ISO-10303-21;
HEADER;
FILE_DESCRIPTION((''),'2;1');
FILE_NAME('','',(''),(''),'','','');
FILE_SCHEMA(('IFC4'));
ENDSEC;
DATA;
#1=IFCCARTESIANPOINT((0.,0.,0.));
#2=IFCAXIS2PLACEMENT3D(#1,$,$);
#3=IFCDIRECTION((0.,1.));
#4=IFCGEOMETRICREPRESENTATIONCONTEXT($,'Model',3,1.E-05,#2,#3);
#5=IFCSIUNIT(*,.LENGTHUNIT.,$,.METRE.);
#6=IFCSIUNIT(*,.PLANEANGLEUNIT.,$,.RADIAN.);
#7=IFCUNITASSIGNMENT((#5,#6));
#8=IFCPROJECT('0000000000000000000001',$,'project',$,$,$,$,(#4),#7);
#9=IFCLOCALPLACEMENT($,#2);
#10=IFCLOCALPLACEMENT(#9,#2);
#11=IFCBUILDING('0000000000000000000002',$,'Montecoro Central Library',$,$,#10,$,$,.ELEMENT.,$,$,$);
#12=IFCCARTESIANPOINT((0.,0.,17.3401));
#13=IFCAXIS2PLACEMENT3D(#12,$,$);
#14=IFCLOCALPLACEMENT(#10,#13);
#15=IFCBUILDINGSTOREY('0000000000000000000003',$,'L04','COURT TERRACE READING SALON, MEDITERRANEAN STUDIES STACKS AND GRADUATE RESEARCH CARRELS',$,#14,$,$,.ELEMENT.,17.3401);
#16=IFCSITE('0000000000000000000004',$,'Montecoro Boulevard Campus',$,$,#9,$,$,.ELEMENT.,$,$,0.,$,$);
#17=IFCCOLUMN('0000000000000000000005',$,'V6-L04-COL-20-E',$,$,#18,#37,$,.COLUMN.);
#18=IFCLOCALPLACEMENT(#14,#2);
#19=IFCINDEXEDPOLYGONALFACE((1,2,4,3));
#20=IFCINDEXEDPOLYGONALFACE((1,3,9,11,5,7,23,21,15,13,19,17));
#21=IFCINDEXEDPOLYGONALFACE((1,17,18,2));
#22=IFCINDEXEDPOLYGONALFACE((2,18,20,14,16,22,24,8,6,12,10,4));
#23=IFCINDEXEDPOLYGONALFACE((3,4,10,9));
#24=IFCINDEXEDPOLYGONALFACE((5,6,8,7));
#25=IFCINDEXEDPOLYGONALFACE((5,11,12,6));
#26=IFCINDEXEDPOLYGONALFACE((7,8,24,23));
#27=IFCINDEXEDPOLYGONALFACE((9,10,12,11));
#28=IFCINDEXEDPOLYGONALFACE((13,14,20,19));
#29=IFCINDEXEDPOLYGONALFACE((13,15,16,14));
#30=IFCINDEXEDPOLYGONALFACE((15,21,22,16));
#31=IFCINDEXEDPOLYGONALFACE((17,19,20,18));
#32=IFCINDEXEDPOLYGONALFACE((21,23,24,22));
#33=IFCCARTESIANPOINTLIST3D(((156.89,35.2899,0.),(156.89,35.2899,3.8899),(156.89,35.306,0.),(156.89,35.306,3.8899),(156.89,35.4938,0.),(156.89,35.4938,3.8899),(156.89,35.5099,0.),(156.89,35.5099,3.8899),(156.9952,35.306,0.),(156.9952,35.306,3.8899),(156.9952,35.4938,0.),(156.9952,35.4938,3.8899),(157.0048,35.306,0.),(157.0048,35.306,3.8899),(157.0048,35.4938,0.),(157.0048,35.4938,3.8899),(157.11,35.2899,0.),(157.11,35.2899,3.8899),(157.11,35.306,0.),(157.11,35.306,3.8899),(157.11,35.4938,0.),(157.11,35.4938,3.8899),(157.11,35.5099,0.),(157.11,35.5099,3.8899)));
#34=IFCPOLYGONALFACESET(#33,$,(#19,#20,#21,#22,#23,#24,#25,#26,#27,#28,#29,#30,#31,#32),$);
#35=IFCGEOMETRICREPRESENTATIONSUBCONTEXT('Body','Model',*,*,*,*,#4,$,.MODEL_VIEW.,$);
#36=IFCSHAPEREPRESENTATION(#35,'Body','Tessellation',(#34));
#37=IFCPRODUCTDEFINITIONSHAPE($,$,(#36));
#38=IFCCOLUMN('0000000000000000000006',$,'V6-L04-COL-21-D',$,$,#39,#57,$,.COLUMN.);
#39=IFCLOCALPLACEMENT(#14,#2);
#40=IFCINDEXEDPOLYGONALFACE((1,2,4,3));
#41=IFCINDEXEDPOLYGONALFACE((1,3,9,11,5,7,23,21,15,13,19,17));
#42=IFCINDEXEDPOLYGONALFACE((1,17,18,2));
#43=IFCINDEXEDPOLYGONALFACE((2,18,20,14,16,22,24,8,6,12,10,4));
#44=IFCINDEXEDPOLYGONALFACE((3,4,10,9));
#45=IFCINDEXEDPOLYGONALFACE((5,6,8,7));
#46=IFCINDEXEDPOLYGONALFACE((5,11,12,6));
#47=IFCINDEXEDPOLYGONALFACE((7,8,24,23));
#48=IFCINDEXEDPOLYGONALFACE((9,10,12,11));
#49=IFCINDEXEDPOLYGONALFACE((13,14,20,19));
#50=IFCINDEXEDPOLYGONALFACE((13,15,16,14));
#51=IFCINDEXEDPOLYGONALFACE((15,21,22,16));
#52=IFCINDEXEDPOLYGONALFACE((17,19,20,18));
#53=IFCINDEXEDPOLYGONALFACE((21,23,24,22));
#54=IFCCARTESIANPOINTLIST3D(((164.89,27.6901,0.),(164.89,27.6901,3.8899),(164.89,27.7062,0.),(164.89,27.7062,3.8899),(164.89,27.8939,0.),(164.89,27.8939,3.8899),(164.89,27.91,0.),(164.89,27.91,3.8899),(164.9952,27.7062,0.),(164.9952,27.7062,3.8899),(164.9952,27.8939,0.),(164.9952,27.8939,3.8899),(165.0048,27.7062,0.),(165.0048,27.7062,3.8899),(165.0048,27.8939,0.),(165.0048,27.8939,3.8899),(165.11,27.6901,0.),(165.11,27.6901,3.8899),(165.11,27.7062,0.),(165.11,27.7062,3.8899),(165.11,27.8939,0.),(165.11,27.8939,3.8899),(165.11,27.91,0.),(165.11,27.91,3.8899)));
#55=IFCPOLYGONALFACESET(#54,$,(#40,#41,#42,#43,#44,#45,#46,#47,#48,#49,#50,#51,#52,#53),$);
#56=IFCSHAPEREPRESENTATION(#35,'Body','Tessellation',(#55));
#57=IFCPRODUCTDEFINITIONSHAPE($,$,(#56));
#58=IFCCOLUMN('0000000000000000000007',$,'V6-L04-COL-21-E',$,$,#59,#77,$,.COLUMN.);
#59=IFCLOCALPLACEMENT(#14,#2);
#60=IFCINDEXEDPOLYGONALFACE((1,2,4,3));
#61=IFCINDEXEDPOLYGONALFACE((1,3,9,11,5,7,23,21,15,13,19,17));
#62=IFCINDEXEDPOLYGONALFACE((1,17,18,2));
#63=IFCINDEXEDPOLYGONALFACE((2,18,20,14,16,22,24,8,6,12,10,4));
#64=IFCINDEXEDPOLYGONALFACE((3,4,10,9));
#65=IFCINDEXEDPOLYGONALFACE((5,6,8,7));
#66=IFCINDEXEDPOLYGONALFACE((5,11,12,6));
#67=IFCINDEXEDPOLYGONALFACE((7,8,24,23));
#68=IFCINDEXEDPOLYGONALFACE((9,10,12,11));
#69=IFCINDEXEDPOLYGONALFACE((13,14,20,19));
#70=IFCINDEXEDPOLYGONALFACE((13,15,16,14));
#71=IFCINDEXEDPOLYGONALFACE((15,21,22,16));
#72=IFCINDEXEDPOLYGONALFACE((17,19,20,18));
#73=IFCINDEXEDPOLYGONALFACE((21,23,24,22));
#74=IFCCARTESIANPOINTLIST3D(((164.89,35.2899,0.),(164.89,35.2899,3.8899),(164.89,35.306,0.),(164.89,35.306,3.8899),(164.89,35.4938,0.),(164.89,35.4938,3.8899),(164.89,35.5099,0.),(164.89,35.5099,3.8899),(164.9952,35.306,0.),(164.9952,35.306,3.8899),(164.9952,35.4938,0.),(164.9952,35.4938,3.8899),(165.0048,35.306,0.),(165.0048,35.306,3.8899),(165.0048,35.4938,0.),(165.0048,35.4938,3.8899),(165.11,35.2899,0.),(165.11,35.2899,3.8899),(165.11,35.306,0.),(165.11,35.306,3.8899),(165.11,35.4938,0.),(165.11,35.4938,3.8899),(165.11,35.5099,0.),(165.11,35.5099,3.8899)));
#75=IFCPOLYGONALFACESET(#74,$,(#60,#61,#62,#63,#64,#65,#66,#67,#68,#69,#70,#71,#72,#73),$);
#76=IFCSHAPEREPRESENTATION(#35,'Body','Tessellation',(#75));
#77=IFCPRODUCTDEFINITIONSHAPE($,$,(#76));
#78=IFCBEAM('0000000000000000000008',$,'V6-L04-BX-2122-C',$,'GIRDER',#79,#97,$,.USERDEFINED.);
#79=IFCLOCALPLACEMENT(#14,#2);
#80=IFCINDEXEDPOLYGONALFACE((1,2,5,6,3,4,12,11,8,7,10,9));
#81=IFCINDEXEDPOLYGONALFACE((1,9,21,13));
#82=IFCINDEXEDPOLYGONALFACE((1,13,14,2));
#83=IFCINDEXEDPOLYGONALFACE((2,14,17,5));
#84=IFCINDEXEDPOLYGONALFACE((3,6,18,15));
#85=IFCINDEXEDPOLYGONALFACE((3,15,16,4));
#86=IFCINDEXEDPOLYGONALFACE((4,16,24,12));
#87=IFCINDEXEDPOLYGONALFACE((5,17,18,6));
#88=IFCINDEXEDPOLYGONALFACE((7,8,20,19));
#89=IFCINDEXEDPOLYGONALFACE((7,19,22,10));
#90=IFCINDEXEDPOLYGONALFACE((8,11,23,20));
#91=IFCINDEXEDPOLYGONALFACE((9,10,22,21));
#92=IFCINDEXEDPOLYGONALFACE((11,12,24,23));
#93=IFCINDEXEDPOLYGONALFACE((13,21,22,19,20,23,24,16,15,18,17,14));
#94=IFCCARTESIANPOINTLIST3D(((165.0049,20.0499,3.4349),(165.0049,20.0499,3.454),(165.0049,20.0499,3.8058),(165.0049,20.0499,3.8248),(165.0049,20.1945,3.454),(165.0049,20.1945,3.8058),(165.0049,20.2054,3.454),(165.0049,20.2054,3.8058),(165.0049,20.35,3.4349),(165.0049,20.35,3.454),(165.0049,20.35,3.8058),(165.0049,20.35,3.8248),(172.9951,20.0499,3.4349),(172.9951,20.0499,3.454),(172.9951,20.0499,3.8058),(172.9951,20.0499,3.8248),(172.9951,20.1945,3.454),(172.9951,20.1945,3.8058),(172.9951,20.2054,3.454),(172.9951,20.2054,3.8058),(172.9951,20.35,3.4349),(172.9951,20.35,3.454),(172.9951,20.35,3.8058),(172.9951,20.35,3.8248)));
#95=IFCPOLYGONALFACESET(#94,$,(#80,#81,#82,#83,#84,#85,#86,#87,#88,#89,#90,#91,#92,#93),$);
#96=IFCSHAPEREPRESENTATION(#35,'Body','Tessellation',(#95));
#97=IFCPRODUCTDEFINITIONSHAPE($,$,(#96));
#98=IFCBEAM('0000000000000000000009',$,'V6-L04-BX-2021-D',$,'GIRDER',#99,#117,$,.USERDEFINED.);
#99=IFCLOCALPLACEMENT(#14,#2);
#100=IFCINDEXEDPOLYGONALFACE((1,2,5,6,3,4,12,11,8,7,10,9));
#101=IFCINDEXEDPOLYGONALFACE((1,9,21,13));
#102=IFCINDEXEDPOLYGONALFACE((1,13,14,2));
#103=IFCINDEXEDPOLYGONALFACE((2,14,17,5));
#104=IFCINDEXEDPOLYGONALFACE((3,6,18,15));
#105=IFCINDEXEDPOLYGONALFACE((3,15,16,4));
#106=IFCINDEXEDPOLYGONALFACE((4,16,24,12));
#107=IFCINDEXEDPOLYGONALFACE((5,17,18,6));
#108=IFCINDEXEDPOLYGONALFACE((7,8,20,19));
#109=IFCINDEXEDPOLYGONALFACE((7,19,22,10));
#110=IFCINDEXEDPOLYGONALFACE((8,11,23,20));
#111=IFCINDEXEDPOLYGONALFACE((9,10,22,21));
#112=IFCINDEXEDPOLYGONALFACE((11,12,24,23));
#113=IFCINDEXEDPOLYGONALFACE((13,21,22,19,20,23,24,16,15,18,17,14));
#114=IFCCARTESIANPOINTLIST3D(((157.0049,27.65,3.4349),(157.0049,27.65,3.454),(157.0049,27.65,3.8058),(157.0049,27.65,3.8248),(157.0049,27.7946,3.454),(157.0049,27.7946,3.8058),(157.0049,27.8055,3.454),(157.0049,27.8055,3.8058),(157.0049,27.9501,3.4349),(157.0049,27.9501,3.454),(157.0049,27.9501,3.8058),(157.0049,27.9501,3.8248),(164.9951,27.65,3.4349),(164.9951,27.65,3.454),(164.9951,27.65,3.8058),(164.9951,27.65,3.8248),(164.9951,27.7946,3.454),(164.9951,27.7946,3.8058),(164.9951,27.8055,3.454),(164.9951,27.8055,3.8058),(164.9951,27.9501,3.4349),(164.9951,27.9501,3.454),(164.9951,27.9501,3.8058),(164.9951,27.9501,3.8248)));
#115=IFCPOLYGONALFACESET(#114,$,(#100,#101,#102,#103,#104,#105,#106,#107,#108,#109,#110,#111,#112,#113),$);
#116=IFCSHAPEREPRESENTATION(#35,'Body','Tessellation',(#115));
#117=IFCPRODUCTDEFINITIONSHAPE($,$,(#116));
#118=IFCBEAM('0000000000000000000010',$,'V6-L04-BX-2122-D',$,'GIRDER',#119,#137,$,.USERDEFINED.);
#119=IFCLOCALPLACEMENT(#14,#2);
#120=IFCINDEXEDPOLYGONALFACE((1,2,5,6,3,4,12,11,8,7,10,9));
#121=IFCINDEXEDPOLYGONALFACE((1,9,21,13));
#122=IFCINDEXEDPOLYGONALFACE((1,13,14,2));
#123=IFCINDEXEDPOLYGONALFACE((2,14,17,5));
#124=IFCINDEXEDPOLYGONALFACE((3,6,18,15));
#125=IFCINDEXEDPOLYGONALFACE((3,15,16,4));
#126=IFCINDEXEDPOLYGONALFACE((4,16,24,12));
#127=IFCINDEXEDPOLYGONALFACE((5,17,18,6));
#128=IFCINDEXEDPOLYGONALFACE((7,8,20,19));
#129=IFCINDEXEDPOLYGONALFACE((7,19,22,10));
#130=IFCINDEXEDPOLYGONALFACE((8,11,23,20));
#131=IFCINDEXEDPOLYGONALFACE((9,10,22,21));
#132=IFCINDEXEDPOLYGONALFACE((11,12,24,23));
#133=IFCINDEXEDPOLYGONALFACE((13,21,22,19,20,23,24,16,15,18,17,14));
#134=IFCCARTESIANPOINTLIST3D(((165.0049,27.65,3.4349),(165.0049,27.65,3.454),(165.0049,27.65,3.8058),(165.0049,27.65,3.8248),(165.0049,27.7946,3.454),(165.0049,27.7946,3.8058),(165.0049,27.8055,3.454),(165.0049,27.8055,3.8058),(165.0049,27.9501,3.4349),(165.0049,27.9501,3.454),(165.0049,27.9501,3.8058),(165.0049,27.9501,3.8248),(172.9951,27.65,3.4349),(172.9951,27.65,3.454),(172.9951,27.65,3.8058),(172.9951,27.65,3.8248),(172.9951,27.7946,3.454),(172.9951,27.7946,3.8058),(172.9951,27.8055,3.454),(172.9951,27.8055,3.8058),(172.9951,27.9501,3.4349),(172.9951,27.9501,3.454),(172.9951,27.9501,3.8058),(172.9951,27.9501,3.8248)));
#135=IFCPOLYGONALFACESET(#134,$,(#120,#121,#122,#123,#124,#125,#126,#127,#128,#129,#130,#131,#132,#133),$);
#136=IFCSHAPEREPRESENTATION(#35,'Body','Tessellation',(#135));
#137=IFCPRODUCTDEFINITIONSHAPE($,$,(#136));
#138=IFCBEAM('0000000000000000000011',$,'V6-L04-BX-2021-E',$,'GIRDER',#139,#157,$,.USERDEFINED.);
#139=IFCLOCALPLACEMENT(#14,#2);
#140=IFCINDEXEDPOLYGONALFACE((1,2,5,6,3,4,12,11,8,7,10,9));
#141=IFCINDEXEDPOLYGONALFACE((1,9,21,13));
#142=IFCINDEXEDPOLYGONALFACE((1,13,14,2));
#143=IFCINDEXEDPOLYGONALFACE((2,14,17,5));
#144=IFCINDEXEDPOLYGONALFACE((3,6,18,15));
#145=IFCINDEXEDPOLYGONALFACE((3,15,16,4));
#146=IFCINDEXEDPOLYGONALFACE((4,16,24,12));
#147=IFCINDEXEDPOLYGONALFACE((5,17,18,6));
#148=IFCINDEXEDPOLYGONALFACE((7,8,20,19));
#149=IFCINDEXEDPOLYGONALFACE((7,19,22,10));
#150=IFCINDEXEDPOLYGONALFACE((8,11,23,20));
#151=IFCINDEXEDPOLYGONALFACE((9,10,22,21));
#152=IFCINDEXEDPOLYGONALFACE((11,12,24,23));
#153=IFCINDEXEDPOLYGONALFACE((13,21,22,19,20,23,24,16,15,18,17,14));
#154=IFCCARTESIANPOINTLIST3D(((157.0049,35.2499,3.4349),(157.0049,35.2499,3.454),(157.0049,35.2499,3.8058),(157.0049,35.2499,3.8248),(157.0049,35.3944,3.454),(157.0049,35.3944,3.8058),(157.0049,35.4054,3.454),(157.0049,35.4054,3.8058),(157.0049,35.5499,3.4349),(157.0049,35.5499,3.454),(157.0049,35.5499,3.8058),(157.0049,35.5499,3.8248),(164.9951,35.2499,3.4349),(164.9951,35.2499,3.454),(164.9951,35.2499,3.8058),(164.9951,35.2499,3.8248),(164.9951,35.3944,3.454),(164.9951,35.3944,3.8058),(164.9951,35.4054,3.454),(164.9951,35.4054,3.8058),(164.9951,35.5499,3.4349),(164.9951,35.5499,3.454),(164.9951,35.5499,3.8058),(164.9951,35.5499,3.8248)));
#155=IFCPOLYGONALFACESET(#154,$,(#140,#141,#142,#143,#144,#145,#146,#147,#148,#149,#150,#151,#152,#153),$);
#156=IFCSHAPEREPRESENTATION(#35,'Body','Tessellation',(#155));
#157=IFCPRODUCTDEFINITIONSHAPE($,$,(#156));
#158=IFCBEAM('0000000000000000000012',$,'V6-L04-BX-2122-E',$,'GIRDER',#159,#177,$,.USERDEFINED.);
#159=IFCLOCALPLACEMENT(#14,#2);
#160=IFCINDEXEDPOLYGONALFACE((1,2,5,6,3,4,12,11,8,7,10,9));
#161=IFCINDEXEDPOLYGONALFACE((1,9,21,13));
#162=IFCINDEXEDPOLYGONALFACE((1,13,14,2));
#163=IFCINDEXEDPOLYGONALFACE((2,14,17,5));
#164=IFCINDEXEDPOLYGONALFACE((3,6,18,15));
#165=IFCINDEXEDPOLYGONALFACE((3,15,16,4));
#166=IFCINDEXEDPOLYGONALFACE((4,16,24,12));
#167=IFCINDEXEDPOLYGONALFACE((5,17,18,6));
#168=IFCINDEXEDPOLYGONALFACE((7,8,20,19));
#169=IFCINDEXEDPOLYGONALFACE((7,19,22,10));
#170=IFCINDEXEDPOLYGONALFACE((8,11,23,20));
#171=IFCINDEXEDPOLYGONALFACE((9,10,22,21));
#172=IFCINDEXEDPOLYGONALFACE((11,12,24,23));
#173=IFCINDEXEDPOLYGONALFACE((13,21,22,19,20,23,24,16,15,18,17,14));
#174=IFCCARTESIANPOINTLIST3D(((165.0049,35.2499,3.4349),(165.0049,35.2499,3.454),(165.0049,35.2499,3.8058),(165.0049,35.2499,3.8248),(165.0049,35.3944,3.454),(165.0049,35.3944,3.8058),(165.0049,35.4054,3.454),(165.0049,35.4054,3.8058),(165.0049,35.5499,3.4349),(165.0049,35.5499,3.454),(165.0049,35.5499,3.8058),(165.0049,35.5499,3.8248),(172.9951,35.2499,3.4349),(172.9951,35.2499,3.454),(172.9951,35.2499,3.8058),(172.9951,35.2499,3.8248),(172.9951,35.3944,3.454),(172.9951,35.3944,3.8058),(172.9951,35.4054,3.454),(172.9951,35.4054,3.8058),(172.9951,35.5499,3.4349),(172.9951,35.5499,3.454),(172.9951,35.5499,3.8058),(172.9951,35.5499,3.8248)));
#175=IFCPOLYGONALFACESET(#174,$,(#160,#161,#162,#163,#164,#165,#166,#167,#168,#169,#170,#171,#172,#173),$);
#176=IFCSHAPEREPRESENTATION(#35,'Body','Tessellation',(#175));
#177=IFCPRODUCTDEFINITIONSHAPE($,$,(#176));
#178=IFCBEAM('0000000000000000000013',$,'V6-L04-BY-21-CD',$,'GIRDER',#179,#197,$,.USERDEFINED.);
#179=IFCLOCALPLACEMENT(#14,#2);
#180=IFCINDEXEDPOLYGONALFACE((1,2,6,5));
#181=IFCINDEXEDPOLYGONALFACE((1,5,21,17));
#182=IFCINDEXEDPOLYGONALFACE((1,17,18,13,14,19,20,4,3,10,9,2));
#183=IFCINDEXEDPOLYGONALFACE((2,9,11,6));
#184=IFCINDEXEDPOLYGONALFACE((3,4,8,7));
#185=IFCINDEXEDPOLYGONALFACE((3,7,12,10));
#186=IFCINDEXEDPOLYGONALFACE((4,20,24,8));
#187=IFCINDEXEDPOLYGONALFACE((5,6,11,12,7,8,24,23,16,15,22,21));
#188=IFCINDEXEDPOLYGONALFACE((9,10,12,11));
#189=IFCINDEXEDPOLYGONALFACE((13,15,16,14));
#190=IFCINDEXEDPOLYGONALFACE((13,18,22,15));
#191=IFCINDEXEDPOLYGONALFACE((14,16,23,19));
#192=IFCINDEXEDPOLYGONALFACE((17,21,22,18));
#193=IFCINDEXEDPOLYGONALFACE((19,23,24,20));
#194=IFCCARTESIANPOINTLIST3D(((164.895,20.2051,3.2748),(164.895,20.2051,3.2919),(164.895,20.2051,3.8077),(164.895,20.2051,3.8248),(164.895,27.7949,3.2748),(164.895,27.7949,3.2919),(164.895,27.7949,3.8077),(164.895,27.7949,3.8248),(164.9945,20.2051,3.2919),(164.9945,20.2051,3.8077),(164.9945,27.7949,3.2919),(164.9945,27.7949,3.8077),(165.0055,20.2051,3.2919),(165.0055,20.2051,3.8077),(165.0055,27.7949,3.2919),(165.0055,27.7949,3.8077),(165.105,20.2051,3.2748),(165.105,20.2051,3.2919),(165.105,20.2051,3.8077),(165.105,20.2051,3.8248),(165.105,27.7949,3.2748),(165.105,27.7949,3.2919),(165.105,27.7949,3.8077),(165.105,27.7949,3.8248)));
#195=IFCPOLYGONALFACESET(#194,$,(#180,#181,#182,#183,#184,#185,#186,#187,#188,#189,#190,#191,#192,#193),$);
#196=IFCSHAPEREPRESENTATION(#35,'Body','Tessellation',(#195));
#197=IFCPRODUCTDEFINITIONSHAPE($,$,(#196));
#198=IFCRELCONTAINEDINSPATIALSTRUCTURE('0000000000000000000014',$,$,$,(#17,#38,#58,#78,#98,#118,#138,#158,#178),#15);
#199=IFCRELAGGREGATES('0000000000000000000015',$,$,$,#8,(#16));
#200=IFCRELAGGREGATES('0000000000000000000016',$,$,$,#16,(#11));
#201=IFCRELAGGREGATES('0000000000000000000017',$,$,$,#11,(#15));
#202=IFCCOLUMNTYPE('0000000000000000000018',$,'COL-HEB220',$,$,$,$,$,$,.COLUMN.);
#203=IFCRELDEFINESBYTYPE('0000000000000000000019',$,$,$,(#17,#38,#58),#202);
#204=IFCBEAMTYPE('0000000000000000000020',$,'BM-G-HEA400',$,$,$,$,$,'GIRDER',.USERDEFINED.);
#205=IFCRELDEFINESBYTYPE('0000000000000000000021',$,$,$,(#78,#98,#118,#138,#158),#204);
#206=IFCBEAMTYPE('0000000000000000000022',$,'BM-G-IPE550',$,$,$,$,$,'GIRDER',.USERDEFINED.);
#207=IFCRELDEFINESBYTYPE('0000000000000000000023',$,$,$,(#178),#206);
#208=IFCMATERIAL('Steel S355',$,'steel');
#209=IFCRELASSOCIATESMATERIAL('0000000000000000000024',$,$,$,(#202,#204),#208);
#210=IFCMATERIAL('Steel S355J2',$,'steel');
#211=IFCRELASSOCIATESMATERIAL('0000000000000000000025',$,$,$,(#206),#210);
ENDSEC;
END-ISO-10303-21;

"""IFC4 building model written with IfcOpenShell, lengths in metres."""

from ifc_helpers import new_model, si_unit, direction, frame, origin, origin_2d, place, context, subcontext, project, spatial, i_section, extrude, material, material_profile, profile_set, type_object, element, save


model = new_model("IFC4")

# Units and contexts
model_context = context("Model", 3, precision=1e-05, world=origin(), true_north=direction((0.0, 1.0)))
body_context = subcontext(model_context, "Body", "Model", "MODEL_VIEW")
ifc_project = project(units=[si_unit("LENGTHUNIT", "METRE"), si_unit("PLANEANGLEUNIT", "RADIAN")], contexts=[model_context])

# Site, building, storey
site_placement = place(None, origin())
site = spatial("IfcSite", under=ifc_project, at=site_placement, Name="Montecoro Boulevard Campus", CompositionType="ELEMENT", RefElevation=0.0)
building_placement = place(site_placement, origin())
building = spatial("IfcBuilding", under=site, at=building_placement, Name="Montecoro Central Library", CompositionType="ELEMENT")
storey_placement = place(building_placement, frame((0.0, 0.0, 17.3401)))
storey = spatial("IfcBuildingStorey", under=building, at=storey_placement, Name="L04", Description="COURT TERRACE READING SALON, MEDITERRANEAN STUDIES STACKS AND GRADUATE RESEARCH CARRELS", CompositionType="ELEMENT", Elevation=17.3401)

# Columns
ifc_material_1 = material(Name="Steel S355", Category="steel")
ifc_material_profile_1 = material_profile(ifc_material_1, i_section(OverallWidth=0.22, OverallDepth=0.22, WebThickness=0.0095, FlangeThickness=0.0161, at=origin_2d()), Name="HEB 220")
ifc_profile_set_1 = profile_set([ifc_material_profile_1], Name="Steel S355")
column_type = type_object("IfcColumnType", Name="COL-HEB220", PredefinedType="COLUMN", material=ifc_profile_set_1)
for number, where, z_axis, x_axis, name in (
    (1, (157.0, 35.3999, 0.0), (0.0, 0.0, 1.0), (1.0, 0.0, 0.0), "V6-L04-COL-20-E"),
    (2, (165.0, 27.8, 0.0), (0.0, 0.0, 1.0), (1.0, 0.0, 0.0), "V6-L04-COL-21-D"),
    (3, (165.0, 35.3999, 0.0), (0.0, 0.0, 1.0), (1.0, 0.0, 0.0), "V6-L04-COL-21-E"),
):
    element("IfcColumn", number, at=place(storey_placement, frame(where, z_axis=z_axis, x_axis=x_axis)), inside=storey, type_object=column_type, Name=name, PredefinedType="COLUMN", context=body_context, shape_type="SweptSolid", body=[
        extrude(i_section(OverallWidth=0.22, OverallDepth=0.22, WebThickness=0.0095, FlangeThickness=0.0161, at=origin_2d()), origin(), (0.0, 0.0, 1.0), 3.8899),
    ])

# Beams
ifc_material_profile_2 = material_profile(ifc_material_1, i_section(OverallWidth=0.3, OverallDepth=0.3899, WebThickness=0.011, FlangeThickness=0.019, at=origin_2d()), Name="HEA 400")
ifc_profile_set_2 = profile_set([ifc_material_profile_2], Name="Steel S355")
beam_type_1 = type_object("IfcBeamType", Name="BM-G-HEA400", ElementType="GIRDER", PredefinedType="USERDEFINED", material=ifc_profile_set_2)
for number, where, z_axis, x_axis, name in (
    (4, (165.0049, 20.2, 3.6299), (1.0, 0.0, 0.0), (0.0, 1.0, 0.0), "V6-L04-BX-2122-C"),
    (5, (157.0049, 27.8, 3.6299), (1.0, 0.0, 0.0), (0.0, 1.0, 0.0), "V6-L04-BX-2021-D"),
    (6, (165.0049, 27.8, 3.6299), (1.0, 0.0, 0.0), (0.0, 1.0, 0.0), "V6-L04-BX-2122-D"),
    (7, (157.0049, 35.3999, 3.6299), (1.0, 0.0, 0.0), (0.0, 1.0, 0.0), "V6-L04-BX-2021-E"),
    (8, (165.0049, 35.3999, 3.6299), (1.0, 0.0, 0.0), (0.0, 1.0, 0.0), "V6-L04-BX-2122-E"),
):
    element("IfcBeam", number, at=place(storey_placement, frame(where, z_axis=z_axis, x_axis=x_axis)), inside=storey, type_object=beam_type_1, Name=name, ObjectType="GIRDER", PredefinedType="USERDEFINED", context=body_context, shape_type="SweptSolid", body=[
        extrude(i_section(OverallWidth=0.3, OverallDepth=0.3899, WebThickness=0.011, FlangeThickness=0.019, at=origin_2d()), origin(), (0.0, 0.0, 1.0), 7.9902),
    ])
ifc_material_2 = material(Name="Steel S355J2", Category="steel")
ifc_material_profile_3 = material_profile(ifc_material_2, i_section(OverallWidth=0.21, OverallDepth=0.55, WebThickness=0.011, FlangeThickness=0.0171, at=origin_2d()), Name="IPE 550")
ifc_profile_set_3 = profile_set([ifc_material_profile_3], Name="Steel S355J2")
beam_type_2 = type_object("IfcBeamType", Name="BM-G-IPE550", ElementType="GIRDER", PredefinedType="USERDEFINED", material=ifc_profile_set_3)
beam_1_placement = place(storey_placement, frame((165.0, 20.2051, 3.5498), z_axis=(0.0, 1.0, 0.0), x_axis=(-1.0, 0.0, 0.0)))
element("IfcBeam", 9, at=beam_1_placement, inside=storey, type_object=beam_type_2, Name="V6-L04-BY-21-CD", ObjectType="GIRDER", PredefinedType="USERDEFINED", context=body_context, shape_type="SweptSolid", body=[
    extrude(i_section(OverallWidth=0.21, OverallDepth=0.55, WebThickness=0.011, FlangeThickness=0.0171, at=origin_2d()), origin(), (0.0, 0.0, 1.0), 7.5898),
])

save(model, "model.ifc")
